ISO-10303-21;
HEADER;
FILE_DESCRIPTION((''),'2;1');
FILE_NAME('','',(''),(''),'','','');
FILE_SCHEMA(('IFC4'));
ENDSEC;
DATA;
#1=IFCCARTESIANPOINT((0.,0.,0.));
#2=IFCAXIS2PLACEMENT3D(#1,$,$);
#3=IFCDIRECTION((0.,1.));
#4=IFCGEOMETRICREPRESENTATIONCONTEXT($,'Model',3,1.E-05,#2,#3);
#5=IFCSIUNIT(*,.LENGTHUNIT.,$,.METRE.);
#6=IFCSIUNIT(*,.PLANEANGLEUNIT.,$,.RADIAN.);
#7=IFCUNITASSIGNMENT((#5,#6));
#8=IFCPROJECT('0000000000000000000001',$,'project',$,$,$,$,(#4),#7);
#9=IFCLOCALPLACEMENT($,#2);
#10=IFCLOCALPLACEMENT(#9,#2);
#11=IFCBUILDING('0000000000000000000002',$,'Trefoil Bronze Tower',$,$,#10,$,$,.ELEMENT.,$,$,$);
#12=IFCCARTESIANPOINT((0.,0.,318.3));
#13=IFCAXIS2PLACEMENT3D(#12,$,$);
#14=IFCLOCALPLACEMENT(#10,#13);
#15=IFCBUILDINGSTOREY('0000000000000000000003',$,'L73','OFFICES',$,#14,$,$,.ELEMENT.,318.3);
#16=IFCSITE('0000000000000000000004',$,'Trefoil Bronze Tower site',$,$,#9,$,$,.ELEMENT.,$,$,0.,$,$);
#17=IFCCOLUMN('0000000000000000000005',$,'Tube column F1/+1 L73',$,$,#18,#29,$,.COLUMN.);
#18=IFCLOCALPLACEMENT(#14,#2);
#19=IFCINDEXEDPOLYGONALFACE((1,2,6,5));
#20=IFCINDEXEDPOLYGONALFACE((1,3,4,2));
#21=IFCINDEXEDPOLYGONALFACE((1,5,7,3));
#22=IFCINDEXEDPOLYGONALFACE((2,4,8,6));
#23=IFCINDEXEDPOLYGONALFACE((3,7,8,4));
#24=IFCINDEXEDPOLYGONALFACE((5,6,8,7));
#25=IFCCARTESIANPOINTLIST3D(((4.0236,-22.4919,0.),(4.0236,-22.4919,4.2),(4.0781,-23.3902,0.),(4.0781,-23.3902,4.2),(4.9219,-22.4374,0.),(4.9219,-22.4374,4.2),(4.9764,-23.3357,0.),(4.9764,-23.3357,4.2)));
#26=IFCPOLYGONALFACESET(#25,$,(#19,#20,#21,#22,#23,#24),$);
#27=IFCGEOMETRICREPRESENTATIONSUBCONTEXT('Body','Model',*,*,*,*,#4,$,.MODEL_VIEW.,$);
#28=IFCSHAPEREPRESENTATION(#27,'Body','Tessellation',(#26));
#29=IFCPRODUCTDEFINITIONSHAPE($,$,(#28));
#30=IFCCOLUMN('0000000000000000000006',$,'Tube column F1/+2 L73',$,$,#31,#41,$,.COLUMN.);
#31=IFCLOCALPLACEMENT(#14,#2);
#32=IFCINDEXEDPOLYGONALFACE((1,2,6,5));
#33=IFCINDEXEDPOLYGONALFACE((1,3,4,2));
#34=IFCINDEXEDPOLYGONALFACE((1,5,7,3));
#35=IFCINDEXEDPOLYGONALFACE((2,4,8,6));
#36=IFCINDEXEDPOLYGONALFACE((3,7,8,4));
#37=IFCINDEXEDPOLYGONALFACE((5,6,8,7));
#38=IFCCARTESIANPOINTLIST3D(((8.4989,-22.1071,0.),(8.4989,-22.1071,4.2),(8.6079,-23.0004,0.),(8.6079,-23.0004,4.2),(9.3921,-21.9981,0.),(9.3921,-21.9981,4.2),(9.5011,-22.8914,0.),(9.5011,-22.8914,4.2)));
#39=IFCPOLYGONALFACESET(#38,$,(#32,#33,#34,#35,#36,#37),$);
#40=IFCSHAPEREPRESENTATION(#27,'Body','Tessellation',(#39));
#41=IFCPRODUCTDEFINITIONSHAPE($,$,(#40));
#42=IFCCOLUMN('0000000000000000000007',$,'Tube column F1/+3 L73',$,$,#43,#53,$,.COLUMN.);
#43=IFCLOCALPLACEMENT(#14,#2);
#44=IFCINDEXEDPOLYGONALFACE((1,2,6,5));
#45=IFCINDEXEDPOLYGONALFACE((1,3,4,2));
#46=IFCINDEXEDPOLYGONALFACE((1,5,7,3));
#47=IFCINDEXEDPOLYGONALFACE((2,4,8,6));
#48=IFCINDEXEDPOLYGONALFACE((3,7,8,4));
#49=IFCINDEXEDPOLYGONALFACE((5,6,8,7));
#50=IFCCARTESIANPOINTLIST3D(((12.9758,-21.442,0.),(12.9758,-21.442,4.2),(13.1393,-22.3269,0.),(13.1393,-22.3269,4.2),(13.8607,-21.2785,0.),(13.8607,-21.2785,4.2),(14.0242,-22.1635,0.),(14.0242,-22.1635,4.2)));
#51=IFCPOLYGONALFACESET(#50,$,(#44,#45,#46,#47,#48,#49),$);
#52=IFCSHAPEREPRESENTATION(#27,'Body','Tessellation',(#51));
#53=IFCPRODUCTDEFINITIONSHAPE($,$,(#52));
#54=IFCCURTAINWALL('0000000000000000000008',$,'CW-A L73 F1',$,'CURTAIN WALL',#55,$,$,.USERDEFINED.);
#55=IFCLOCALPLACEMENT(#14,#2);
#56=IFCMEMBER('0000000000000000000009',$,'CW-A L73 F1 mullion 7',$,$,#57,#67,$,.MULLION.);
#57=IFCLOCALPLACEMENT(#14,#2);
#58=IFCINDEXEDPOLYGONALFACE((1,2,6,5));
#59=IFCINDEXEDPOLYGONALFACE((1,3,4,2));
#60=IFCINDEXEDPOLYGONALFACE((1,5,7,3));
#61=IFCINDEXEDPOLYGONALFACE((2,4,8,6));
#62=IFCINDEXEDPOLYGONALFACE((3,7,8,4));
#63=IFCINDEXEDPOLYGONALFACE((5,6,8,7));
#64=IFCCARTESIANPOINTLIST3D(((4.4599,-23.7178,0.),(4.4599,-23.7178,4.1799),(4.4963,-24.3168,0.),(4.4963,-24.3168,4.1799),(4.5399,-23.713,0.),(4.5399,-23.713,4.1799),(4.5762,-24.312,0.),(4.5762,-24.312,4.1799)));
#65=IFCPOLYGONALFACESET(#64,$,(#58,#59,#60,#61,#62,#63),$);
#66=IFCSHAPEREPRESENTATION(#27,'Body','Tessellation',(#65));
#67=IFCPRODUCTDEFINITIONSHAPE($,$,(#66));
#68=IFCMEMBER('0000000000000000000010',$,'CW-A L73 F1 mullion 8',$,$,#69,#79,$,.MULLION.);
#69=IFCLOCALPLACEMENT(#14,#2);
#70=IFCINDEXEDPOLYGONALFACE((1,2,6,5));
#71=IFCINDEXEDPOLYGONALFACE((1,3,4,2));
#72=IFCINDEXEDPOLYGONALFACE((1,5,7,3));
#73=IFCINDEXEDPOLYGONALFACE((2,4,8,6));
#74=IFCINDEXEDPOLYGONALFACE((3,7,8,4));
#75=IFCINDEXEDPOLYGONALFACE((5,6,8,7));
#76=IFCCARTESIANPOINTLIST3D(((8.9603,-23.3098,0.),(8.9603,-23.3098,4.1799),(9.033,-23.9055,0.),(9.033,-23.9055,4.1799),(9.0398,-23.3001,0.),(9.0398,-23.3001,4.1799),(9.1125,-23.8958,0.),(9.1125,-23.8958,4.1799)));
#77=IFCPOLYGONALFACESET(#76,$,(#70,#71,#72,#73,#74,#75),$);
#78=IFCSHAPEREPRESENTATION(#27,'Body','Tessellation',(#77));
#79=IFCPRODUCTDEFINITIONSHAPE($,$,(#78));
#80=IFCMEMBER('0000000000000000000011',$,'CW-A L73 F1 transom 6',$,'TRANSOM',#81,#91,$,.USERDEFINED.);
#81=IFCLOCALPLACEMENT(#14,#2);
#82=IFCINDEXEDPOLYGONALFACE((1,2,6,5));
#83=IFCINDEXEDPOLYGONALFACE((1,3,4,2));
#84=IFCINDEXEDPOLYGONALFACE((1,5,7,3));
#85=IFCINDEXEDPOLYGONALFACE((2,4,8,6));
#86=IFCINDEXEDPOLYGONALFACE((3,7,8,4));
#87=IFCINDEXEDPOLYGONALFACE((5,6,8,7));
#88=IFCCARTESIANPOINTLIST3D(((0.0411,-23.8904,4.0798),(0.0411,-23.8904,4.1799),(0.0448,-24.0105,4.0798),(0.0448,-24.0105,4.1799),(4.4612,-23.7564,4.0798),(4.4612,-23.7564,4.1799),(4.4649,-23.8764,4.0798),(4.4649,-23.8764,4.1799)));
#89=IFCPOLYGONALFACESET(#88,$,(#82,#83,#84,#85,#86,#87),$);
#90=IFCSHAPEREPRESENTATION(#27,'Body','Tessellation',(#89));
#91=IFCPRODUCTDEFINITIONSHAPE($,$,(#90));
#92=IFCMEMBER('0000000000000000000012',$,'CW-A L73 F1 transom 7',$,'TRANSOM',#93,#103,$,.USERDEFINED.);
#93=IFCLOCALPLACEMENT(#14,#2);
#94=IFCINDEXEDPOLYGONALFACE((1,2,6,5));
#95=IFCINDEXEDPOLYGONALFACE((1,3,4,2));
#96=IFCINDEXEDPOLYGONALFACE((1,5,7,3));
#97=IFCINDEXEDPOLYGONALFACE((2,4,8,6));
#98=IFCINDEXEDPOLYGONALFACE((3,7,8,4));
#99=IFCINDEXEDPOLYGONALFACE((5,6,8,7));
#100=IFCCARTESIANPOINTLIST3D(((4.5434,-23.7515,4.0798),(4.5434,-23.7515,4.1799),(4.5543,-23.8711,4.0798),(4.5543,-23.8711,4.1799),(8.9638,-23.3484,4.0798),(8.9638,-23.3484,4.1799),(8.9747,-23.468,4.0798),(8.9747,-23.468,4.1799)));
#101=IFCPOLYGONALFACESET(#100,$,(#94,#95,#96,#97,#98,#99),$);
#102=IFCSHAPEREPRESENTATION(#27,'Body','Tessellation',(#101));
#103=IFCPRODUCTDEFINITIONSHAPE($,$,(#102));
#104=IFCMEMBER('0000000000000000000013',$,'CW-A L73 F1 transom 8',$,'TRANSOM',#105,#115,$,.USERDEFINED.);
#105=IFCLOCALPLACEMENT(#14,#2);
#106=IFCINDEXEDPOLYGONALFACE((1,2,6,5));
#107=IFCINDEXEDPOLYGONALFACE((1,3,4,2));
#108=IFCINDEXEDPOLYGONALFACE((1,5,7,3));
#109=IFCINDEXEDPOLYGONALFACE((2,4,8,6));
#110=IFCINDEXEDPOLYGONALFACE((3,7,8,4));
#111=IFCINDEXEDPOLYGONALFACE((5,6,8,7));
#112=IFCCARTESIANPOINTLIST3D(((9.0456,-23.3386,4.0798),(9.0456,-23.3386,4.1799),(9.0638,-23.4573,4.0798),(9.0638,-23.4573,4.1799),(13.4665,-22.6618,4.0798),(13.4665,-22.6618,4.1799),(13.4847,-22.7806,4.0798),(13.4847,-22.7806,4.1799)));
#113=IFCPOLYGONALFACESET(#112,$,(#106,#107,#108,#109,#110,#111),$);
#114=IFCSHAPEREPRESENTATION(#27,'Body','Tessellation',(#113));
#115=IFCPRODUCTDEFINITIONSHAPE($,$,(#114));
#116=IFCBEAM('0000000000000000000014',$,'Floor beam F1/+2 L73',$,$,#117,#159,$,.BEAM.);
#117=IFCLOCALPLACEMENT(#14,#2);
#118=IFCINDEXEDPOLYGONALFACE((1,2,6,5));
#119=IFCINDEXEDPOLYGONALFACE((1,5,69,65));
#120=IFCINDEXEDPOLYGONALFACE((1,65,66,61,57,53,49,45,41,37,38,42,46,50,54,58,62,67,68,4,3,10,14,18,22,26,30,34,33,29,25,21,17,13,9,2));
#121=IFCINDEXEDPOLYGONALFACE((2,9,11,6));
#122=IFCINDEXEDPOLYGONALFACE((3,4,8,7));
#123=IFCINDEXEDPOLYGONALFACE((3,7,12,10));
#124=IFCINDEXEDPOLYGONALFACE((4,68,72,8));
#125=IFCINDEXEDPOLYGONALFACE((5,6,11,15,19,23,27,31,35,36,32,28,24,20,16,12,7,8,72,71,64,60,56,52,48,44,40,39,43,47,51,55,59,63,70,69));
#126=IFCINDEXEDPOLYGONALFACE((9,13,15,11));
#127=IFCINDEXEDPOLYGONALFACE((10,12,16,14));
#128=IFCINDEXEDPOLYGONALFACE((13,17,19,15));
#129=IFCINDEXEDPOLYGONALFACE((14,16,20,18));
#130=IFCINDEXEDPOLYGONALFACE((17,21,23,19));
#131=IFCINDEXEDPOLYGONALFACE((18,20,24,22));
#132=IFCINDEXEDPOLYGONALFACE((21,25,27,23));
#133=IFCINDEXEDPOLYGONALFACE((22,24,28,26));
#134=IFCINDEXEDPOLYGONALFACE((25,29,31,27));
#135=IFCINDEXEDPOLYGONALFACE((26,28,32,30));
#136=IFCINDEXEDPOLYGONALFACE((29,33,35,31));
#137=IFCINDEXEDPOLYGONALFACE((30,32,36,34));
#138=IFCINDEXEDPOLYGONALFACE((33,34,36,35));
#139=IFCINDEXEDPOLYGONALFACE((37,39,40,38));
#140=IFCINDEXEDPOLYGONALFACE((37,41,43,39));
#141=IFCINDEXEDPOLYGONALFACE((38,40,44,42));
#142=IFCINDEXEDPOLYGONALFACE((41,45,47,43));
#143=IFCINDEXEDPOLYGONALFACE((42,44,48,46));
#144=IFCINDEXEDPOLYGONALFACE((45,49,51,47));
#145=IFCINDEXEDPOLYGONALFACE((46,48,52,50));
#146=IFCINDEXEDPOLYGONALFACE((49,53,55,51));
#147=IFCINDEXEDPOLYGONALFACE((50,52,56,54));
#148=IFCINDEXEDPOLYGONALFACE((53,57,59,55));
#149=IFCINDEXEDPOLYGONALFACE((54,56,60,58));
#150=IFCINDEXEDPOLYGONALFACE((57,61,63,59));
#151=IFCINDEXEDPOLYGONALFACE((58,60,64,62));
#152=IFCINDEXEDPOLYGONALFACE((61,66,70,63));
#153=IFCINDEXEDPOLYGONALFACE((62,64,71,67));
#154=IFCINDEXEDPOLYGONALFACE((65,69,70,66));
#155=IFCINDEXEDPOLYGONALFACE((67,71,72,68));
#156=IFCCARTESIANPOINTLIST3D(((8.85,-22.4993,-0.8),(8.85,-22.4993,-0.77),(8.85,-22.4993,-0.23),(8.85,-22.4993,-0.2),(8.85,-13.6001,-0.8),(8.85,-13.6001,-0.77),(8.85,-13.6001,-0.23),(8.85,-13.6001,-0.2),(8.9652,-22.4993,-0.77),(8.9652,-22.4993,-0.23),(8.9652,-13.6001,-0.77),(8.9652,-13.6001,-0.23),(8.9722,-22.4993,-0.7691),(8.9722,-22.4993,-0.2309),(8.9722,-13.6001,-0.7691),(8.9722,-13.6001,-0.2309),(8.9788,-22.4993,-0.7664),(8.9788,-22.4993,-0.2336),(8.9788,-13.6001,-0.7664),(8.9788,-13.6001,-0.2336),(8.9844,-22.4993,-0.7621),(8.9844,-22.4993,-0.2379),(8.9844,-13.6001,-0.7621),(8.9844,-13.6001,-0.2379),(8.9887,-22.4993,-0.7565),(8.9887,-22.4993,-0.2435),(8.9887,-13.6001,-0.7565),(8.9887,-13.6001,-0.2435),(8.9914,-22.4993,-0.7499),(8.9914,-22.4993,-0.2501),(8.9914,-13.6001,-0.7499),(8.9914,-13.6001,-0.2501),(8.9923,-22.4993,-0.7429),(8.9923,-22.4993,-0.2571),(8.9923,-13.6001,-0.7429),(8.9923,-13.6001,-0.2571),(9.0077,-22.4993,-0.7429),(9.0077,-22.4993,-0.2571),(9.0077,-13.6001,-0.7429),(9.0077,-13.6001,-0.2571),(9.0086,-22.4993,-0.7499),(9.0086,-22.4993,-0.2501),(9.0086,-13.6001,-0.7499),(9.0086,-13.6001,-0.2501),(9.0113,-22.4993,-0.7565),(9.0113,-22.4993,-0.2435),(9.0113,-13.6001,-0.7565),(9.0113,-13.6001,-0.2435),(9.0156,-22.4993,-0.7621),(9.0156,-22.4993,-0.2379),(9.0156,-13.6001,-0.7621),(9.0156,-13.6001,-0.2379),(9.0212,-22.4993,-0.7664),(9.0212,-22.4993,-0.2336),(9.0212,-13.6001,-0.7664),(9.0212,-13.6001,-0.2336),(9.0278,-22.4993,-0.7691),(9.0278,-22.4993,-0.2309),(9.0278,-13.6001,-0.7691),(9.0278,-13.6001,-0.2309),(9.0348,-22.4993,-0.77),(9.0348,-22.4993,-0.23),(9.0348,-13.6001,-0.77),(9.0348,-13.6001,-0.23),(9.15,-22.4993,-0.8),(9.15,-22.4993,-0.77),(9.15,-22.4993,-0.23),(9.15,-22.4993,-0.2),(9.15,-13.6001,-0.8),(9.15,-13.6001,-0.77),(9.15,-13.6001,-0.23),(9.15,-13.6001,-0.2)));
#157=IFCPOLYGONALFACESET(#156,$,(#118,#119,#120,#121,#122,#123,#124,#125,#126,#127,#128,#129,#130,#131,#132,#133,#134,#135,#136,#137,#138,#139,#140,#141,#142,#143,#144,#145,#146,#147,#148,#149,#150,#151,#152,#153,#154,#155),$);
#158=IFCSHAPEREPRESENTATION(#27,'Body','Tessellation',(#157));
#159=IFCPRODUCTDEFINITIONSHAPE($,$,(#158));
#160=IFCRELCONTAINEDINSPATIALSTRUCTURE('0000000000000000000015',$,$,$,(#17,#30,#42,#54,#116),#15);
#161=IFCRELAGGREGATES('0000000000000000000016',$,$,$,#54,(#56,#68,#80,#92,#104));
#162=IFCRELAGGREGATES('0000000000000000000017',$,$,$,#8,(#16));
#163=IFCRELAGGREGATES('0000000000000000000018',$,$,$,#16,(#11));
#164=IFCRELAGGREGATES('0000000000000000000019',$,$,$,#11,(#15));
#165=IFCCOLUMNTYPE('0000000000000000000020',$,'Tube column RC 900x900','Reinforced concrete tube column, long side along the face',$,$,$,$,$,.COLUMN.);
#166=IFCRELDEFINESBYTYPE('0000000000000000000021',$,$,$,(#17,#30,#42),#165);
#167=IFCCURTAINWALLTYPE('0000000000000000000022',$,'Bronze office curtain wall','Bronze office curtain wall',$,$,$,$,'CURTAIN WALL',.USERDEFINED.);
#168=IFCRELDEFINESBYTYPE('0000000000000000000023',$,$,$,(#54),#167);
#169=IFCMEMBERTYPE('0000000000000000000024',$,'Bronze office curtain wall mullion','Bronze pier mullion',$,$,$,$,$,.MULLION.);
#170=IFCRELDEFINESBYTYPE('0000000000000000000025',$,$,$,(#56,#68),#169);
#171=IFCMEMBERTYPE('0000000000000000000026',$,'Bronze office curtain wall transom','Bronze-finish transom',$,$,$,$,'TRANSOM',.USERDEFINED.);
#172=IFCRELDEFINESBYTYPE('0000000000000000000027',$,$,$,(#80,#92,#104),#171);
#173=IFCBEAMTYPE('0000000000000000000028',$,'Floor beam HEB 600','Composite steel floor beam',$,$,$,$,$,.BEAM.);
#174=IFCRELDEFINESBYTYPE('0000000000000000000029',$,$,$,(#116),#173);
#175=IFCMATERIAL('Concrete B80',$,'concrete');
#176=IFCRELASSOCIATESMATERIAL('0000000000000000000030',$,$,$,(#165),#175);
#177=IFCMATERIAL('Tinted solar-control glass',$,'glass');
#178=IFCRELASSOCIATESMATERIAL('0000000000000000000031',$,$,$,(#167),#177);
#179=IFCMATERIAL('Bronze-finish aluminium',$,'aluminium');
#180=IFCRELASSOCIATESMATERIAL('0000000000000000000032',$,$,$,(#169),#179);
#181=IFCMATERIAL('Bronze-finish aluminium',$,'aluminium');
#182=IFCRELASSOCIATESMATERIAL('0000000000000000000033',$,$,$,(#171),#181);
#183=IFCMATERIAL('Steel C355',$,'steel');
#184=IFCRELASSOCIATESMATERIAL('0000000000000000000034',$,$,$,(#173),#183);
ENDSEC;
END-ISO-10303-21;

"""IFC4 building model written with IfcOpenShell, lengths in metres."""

from ifc_helpers import new_model, si_unit, direction, frame, origin, origin_2d, place, context, subcontext, project, spatial, rectangle, i_section, extrude, material, material_profile, profile_set, type_object, element, aggregate, save


model = new_model("IFC4")

# Units and contexts
model_context = context("Model", 3, precision=1e-05, world=origin(), true_north=direction((0.0, 1.0)))
body_context = subcontext(model_context, "Body", "Model", "MODEL_VIEW")
ifc_project = project(units=[si_unit("LENGTHUNIT", "METRE"), si_unit("PLANEANGLEUNIT", "RADIAN")], contexts=[model_context])

# Site, building, storey
site_placement = place(None, origin())
site = spatial("IfcSite", under=ifc_project, at=site_placement, Name="Trefoil Bronze Tower site", CompositionType="ELEMENT", RefElevation=0.0)
building_placement = place(site_placement, origin())
building = spatial("IfcBuilding", under=site, at=building_placement, Name="Trefoil Bronze Tower", CompositionType="ELEMENT")
storey_placement = place(building_placement, frame((0.0, 0.0, 318.3)))
storey = spatial("IfcBuildingStorey", under=building, at=storey_placement, Name="L73", Description="OFFICES", CompositionType="ELEMENT", Elevation=318.3)

# Columns
ifc_material_1 = material(Name="Concrete B80", Category="concrete")
ifc_material_profile_1 = material_profile(ifc_material_1, rectangle(XDim=0.8999, YDim=0.8999, at=origin_2d()), Name="RC 900x900")
ifc_profile_set_1 = profile_set([ifc_material_profile_1], Name="Concrete B80")
column_type = type_object("IfcColumnType", Name="Tube column RC 900x900", Description="Reinforced concrete tube column, long side along the face", PredefinedType="COLUMN", material=ifc_profile_set_1)
for number, where, z_axis, x_axis, name in (
    (1, (4.5, -22.9138, 0.0), (0.0, 0.0, 1.0), (0.998165, 0.060554, 0.0), "Tube column F1/+1 L73"),
    (2, (9.0, -22.4993, 0.0), (0.0, 0.0, 1.0), (0.992639, 0.121109, 0.0), "Tube column F1/+2 L73"),
    (3, (13.5, -21.8027, 0.0), (0.0, 0.0, 1.0), (0.98336, 0.181667, 0.0), "Tube column F1/+3 L73"),
):
    element("IfcColumn", number, at=place(storey_placement, frame(where, z_axis=z_axis, x_axis=x_axis)), inside=storey, type_object=column_type, Name=name, PredefinedType="COLUMN", context=body_context, shape_type="SweptSolid", body=[
        extrude(rectangle(XDim=0.8999, YDim=0.8999, at=origin_2d()), origin(), (0.0, 0.0, 1.0), 4.2),
    ])

# Curtain wall, members
ifc_material_2 = material(Name="Tinted solar-control glass", Category="glass")
curtain_wall_type = type_object("IfcCurtainWallType", Name="Bronze office curtain wall", Description="Bronze office curtain wall", ElementType="CURTAIN WALL", PredefinedType="USERDEFINED", material=ifc_material_2)
curtain_wall_placement = place(storey_placement, origin())
curtain_wall = element("IfcCurtainWall", 4, at=curtain_wall_placement, inside=storey, type_object=curtain_wall_type, Name="CW-A L73 F1", ObjectType="CURTAIN WALL", PredefinedType="USERDEFINED")
ifc_material_3 = material(Name="Bronze-finish aluminium", Category="aluminium")
ifc_material_profile_2 = material_profile(ifc_material_3, rectangle(XDim=0.6001, YDim=0.0801, at=origin_2d()), Name="CW-A mullion")
ifc_profile_set_2 = profile_set([ifc_material_profile_2], Name="Bronze-finish aluminium")
member_type_1 = type_object("IfcMemberType", Name="Bronze office curtain wall mullion", Description="Bronze pier mullion", PredefinedType="MULLION", material=ifc_profile_set_2)
member_1_placement = place(storey_placement, frame((4.5181, -24.0149, 0.0), z_axis=(0.0, 0.0, 1.0), x_axis=(-0.060554, 0.998165, 0.0)))
member_1 = element("IfcMember", 5, at=member_1_placement, type_object=member_type_1, Name="CW-A L73 F1 mullion 7", PredefinedType="MULLION", context=body_context, shape_type="SweptSolid", body=[
    extrude(rectangle(XDim=0.6001, YDim=0.0801, at=origin_2d()), origin(), (0.0, 0.0, 1.0), 4.1799),
])
member_2_placement = place(storey_placement, frame((9.0364, -23.6028, 0.0), z_axis=(0.0, 0.0, 1.0), x_axis=(-0.121109, 0.992639, 0.0)))
member_2 = element("IfcMember", 6, at=member_2_placement, type_object=member_type_1, Name="CW-A L73 F1 mullion 8", PredefinedType="MULLION", context=body_context, shape_type="SweptSolid", body=[
    extrude(rectangle(XDim=0.6001, YDim=0.0801, at=origin_2d()), origin(), (0.0, 0.0, 1.0), 4.1799),
])
ifc_material_4 = material(Name="Bronze-finish aluminium", Category="aluminium")
ifc_material_profile_3 = material_profile(ifc_material_4, rectangle(XDim=0.1201, YDim=0.1001, at=origin_2d()), Name="CW-A transom")
ifc_profile_set_3 = profile_set([ifc_material_profile_3], Name="Bronze-finish aluminium")
member_type_2 = type_object("IfcMemberType", Name="Bronze office curtain wall transom", Description="Bronze-finish transom", ElementType="TRANSOM", PredefinedType="USERDEFINED", material=ifc_profile_set_3)
member_3_placement = place(storey_placement, frame((0.043, -23.9504, 4.1299), z_axis=(0.999541, 0.030309, 0.0), x_axis=(-0.030309, 0.999541, 0.0)))
member_3 = element("IfcMember", 7, at=member_3_placement, type_object=member_type_2, Name="CW-A L73 F1 transom 6", ObjectType="TRANSOM", PredefinedType="USERDEFINED", context=body_context, shape_type="SweptSolid", body=[
    extrude(rectangle(XDim=0.1201, YDim=0.1001, at=origin_2d()), origin(), (0.0, 0.0, 1.0), 4.4221),
])
member_4_placement = place(storey_placement, frame((4.5488, -23.8113, 4.1299), z_axis=(0.995868, 0.090808, 0.0), x_axis=(-0.090808, 0.995868, 0.0)))
member_4 = element("IfcMember", 8, at=member_4_placement, type_object=member_type_2, Name="CW-A L73 F1 transom 7", ObjectType="TRANSOM", PredefinedType="USERDEFINED", context=body_context, shape_type="SweptSolid", body=[
    extrude(rectangle(XDim=0.1201, YDim=0.1001, at=origin_2d()), origin(), (0.0, 0.0, 1.0), 4.4387),
])
member_5_placement = place(storey_placement, frame((9.0547, -23.3979, 4.1299), z_axis=(0.988485, 0.151319, 0.0), x_axis=(-0.151319, 0.988485, 0.0)))
member_5 = element("IfcMember", 9, at=member_5_placement, type_object=member_type_2, Name="CW-A L73 F1 transom 8", ObjectType="TRANSOM", PredefinedType="USERDEFINED", context=body_context, shape_type="SweptSolid", body=[
    extrude(rectangle(XDim=0.1201, YDim=0.1001, at=origin_2d()), origin(), (0.0, 0.0, 1.0), 4.4724),
])

# Beam
ifc_material_5 = material(Name="Steel C355", Category="steel")
ifc_material_profile_4 = material_profile(ifc_material_5, i_section(OverallWidth=0.3, OverallDepth=0.6001, WebThickness=0.0154, FlangeThickness=0.03, FilletRadius=0.0271, at=origin_2d()), Name="HEB 600")
ifc_profile_set_4 = profile_set([ifc_material_profile_4], Name="Steel C355")
beam_type_1 = type_object("IfcBeamType", Name="Floor beam HEB 600", Description="Composite steel floor beam", PredefinedType="BEAM", material=ifc_profile_set_4)
beam_1_placement = place(storey_placement, frame((9.0, -22.4993, -0.5), z_axis=(0.0, 1.0, 0.0), x_axis=(-1.0, 0.0, 0.0)))
element("IfcBeam", 10, at=beam_1_placement, inside=storey, type_object=beam_type_1, Name="Floor beam F1/+2 L73", PredefinedType="BEAM", context=body_context, shape_type="SweptSolid", body=[
    extrude(i_section(OverallWidth=0.3, OverallDepth=0.6001, WebThickness=0.0154, FlangeThickness=0.03, FilletRadius=0.0271, at=origin_2d()), origin(), (0.0, 0.0, 1.0), 8.8992),
])

aggregate(curtain_wall, [member_1, member_2, member_3, member_4, member_5])

save(model, "model.ifc")
